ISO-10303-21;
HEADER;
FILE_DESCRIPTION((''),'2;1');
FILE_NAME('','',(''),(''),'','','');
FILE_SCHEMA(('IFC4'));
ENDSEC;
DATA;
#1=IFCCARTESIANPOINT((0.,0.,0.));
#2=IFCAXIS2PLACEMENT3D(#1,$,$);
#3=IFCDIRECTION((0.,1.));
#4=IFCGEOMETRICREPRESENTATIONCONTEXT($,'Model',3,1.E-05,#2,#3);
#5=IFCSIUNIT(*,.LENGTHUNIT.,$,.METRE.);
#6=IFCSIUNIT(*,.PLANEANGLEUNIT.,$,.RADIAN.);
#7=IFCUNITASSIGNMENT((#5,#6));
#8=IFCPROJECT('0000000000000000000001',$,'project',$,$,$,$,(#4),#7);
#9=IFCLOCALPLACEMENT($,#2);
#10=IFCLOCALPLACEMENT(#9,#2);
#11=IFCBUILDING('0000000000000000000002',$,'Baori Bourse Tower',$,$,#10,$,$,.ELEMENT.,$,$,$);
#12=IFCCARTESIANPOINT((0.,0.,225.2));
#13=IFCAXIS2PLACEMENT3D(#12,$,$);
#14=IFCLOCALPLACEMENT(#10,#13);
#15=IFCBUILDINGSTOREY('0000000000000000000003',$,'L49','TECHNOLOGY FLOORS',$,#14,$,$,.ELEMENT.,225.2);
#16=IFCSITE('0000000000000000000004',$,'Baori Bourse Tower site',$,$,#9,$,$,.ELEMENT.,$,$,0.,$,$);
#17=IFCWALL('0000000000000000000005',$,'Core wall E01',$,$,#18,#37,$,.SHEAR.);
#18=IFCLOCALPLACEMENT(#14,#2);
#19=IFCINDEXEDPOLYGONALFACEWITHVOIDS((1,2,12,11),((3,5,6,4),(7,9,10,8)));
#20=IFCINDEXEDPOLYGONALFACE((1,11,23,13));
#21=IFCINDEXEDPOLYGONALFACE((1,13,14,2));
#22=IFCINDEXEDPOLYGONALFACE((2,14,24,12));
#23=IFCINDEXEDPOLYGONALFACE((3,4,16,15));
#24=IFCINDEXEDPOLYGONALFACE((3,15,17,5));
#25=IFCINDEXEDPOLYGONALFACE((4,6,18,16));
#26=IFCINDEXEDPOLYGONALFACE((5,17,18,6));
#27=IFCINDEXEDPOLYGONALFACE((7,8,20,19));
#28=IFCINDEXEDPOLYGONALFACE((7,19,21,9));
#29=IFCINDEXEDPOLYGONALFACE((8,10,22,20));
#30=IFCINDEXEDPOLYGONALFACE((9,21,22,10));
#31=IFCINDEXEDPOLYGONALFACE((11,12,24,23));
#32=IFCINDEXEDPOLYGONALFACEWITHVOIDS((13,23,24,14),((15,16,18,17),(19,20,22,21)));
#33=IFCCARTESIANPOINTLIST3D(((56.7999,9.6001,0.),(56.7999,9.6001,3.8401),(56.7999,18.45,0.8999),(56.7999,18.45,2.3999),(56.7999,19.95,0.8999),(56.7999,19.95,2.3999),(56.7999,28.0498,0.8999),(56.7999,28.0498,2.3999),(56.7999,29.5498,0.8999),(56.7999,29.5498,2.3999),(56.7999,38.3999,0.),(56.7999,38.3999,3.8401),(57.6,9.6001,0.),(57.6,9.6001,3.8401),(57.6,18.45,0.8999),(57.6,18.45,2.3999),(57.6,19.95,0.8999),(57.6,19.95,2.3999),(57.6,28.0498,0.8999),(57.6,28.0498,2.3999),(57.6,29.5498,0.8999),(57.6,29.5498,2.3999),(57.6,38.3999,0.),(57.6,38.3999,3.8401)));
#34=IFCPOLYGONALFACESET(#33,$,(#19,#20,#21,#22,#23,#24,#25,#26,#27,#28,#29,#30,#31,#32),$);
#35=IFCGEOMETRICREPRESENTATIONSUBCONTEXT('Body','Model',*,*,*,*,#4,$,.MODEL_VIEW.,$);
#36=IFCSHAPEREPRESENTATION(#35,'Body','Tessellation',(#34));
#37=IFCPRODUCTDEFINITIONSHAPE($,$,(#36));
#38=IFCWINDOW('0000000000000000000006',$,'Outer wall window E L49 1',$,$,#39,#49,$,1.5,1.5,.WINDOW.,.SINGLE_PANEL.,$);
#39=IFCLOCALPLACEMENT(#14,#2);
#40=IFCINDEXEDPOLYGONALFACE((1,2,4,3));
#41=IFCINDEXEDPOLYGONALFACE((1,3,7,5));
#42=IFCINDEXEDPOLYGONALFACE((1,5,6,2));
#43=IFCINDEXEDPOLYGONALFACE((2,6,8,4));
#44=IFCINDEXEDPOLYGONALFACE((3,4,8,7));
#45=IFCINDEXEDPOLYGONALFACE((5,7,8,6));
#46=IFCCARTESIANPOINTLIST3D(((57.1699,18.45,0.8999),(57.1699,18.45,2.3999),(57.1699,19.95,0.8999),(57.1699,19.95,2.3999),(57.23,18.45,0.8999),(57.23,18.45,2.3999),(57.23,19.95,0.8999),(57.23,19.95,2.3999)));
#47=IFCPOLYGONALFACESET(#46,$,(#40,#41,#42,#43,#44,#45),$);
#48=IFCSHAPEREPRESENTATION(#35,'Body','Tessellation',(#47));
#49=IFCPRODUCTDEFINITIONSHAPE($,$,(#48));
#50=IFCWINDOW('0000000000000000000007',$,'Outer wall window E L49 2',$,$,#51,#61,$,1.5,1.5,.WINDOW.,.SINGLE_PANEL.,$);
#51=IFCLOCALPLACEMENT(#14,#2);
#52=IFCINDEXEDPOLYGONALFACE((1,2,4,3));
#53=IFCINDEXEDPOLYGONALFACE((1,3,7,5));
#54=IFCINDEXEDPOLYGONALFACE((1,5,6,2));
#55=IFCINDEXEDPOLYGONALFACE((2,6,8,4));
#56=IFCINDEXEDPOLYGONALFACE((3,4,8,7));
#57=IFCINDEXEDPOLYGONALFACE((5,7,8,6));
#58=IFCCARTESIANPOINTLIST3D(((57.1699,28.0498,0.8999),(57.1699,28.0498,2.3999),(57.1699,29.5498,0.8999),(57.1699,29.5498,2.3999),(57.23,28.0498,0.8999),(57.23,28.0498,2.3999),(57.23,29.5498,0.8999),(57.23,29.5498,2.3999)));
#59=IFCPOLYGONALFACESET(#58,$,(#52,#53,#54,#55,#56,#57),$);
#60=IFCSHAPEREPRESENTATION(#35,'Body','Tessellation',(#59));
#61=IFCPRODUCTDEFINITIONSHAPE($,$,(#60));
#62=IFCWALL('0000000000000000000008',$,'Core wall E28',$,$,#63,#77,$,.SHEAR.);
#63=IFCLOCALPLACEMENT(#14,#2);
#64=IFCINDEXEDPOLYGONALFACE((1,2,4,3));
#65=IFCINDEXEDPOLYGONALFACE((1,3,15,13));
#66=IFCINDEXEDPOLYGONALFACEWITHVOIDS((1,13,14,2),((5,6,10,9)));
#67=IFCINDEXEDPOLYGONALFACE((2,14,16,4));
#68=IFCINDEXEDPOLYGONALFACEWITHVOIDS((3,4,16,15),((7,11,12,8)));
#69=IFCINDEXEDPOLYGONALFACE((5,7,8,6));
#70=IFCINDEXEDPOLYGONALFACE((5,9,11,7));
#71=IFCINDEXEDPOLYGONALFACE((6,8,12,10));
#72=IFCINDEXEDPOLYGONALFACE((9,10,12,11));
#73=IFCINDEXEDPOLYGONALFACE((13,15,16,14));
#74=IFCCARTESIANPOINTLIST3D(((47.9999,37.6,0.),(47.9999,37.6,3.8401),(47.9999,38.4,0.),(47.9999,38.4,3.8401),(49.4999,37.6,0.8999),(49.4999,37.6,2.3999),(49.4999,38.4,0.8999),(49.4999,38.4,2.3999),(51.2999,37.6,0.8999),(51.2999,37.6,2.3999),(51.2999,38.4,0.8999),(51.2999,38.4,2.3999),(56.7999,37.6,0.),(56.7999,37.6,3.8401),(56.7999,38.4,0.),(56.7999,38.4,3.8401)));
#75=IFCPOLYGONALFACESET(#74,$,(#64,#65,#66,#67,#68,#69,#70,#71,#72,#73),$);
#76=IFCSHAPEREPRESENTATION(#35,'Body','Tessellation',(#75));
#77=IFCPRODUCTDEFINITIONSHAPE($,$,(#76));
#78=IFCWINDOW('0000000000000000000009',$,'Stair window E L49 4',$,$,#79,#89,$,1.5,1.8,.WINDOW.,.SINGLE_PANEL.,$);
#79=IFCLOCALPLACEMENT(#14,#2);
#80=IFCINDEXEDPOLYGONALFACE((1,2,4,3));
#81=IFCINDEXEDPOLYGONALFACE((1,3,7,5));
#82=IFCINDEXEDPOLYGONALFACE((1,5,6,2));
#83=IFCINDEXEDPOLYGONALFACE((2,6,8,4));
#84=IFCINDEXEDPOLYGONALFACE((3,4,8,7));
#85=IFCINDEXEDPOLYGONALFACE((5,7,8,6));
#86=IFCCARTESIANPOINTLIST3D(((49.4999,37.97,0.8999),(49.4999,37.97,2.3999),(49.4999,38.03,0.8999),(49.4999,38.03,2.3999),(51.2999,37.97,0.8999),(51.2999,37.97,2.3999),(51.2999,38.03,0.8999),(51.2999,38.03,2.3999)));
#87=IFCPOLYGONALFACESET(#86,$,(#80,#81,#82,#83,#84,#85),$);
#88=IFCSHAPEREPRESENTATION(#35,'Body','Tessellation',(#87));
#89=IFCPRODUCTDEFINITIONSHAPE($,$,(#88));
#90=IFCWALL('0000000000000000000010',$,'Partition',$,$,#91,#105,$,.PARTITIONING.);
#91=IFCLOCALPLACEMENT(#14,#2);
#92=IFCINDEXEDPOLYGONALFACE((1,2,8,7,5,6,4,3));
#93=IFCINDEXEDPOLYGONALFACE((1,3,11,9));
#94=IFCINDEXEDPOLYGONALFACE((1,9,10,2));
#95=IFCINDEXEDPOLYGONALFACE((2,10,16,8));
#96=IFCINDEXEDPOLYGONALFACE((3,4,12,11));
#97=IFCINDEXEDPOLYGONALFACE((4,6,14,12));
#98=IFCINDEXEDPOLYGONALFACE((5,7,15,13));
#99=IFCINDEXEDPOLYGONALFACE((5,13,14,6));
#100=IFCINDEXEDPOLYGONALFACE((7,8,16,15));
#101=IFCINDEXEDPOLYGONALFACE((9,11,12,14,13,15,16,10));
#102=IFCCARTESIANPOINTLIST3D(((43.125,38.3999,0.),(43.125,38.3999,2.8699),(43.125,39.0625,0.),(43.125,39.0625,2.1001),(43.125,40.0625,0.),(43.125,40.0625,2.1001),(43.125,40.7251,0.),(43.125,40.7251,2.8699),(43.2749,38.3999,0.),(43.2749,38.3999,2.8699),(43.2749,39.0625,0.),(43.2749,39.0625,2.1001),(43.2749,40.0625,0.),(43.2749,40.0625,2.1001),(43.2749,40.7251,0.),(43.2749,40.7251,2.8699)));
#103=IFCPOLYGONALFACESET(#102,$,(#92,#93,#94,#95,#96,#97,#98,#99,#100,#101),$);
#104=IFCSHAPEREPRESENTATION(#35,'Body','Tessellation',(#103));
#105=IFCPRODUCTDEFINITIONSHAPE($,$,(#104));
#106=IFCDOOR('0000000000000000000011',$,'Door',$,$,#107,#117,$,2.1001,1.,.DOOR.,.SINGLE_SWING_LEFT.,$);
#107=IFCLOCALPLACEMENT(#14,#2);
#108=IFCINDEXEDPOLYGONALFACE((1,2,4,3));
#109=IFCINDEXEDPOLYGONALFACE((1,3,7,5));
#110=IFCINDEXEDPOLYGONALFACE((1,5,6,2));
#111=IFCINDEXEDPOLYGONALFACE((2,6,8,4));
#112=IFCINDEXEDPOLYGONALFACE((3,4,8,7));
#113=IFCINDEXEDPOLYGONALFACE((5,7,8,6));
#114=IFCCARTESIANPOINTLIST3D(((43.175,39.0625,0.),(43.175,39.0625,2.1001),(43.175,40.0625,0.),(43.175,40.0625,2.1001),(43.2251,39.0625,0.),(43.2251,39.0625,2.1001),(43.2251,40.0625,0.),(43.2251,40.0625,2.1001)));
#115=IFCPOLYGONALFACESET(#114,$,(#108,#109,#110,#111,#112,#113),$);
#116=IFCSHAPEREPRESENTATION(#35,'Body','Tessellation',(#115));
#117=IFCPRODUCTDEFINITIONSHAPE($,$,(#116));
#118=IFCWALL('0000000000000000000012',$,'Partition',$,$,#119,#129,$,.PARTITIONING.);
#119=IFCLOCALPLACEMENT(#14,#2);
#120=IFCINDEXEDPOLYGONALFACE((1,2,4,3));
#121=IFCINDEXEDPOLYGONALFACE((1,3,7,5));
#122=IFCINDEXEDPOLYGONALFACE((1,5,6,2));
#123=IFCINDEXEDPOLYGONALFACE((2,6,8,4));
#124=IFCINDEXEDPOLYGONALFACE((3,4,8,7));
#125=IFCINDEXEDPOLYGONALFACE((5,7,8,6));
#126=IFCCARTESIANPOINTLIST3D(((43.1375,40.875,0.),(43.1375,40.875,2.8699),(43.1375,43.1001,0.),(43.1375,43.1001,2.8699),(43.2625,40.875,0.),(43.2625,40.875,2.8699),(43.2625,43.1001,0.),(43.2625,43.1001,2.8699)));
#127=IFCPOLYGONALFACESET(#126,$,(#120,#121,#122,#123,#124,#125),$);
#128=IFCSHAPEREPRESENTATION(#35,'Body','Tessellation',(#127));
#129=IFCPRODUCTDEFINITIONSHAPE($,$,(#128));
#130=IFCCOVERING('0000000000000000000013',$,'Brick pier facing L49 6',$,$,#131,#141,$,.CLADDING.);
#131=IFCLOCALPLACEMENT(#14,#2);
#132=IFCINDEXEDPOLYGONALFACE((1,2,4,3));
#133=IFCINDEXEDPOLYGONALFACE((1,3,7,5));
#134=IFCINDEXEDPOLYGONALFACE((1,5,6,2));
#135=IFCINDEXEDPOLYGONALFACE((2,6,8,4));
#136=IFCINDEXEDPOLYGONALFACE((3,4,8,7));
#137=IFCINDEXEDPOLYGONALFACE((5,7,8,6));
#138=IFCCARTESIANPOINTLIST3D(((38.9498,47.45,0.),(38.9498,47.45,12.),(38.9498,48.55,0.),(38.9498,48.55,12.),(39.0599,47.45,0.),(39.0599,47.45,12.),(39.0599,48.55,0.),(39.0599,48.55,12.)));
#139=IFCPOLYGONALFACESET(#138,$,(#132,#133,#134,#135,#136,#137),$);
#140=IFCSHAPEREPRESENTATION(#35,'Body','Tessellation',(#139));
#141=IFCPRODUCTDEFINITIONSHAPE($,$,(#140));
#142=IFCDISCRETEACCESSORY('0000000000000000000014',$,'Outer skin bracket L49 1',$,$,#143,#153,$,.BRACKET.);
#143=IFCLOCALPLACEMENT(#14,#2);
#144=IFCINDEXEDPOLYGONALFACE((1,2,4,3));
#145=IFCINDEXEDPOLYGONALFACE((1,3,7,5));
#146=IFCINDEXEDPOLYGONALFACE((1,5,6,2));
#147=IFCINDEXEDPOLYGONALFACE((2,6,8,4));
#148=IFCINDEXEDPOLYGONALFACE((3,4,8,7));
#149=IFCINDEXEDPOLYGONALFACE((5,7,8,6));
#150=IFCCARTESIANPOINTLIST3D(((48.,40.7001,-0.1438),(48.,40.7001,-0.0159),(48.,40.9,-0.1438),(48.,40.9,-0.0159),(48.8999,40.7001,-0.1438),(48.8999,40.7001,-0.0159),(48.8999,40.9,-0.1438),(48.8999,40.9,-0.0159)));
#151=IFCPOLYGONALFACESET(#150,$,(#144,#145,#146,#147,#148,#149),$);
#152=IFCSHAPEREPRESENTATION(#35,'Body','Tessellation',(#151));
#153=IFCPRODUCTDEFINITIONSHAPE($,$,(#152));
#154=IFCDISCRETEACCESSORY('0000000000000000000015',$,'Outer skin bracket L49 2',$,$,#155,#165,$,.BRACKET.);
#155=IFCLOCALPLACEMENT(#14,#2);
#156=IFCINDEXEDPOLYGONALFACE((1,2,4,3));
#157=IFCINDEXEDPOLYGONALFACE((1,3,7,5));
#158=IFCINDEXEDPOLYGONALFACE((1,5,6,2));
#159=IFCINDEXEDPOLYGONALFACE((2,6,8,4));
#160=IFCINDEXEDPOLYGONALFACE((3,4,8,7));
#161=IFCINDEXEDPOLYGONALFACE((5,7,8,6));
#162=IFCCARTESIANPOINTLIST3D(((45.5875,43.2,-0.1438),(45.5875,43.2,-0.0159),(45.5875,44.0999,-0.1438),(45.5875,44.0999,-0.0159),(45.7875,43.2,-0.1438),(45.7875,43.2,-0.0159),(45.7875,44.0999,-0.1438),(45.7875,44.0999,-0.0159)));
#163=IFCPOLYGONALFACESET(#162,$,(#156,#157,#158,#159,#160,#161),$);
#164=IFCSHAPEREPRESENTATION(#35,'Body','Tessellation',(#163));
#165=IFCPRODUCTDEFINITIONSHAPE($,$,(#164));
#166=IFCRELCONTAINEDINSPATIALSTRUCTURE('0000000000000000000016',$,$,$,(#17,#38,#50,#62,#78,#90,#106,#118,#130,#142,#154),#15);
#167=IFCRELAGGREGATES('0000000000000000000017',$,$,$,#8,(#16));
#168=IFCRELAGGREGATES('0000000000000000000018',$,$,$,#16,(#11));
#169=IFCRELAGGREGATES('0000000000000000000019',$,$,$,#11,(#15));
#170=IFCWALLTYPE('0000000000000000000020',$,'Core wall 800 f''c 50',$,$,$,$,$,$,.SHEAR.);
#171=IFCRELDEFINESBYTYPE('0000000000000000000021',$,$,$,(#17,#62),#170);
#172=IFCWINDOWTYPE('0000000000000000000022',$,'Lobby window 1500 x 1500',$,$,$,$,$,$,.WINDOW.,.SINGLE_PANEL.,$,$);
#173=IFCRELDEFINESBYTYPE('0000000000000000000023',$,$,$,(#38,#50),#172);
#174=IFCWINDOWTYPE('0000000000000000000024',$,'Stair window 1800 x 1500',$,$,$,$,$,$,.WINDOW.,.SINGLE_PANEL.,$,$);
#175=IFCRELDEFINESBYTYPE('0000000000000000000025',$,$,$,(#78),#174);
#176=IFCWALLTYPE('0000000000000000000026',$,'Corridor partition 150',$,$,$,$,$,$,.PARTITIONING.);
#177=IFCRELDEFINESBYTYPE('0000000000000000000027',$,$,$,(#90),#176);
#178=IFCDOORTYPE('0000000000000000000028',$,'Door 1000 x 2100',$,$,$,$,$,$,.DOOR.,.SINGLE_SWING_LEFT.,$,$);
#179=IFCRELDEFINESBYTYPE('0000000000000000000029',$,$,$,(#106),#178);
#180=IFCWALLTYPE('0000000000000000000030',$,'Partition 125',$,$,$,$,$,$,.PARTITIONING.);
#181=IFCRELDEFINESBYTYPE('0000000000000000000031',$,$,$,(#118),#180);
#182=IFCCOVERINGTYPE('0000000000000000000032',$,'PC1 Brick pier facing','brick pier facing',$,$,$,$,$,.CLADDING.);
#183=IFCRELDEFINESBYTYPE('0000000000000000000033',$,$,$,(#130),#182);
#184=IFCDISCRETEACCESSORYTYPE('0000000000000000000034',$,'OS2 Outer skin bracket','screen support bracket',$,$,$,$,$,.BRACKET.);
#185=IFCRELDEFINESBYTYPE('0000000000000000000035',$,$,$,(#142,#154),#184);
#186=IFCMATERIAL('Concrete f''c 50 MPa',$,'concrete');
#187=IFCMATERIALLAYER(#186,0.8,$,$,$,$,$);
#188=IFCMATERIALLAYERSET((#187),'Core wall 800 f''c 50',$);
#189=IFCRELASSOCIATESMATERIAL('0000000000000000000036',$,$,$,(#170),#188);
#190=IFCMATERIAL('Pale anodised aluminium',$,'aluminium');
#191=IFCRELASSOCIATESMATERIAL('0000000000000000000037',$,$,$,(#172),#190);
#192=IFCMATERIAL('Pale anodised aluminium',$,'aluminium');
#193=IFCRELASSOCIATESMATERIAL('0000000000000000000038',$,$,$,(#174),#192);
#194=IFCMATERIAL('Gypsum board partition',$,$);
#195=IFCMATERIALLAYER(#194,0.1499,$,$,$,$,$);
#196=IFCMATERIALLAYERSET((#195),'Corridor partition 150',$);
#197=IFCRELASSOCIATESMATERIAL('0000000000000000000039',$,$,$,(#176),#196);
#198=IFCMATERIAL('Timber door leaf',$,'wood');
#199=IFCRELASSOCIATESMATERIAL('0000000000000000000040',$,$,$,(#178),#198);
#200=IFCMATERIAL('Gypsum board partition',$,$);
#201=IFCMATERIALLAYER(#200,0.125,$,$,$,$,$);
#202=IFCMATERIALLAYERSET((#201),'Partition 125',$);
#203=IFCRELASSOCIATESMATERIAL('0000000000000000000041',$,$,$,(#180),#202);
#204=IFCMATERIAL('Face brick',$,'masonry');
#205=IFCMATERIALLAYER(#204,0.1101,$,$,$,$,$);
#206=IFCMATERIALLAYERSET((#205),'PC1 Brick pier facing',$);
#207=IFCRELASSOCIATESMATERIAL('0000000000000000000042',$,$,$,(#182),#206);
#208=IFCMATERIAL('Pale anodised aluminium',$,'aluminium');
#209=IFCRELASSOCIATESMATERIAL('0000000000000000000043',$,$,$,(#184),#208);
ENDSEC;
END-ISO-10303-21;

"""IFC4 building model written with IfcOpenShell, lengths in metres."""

from ifc_helpers import new_model, si_unit, direction, frame, frame_2d, origin, origin_2d, place, context, subcontext, project, spatial, rectangle, extrude, material, layer, layer_set, type_object, element, fill, save


model = new_model("IFC4")

# Units and contexts
model_context = context("Model", 3, precision=1e-05, world=origin(), true_north=direction((0.0, 1.0)))
body_context = subcontext(model_context, "Body", "Model", "MODEL_VIEW")
ifc_project = project(units=[si_unit("LENGTHUNIT", "METRE"), si_unit("PLANEANGLEUNIT", "RADIAN")], contexts=[model_context])

# Site, building, storey
site_placement = place(None, origin())
site = spatial("IfcSite", under=ifc_project, at=site_placement, Name="Baori Bourse Tower site", CompositionType="ELEMENT", RefElevation=0.0)
building_placement = place(site_placement, origin())
building = spatial("IfcBuilding", under=site, at=building_placement, Name="Baori Bourse Tower", CompositionType="ELEMENT")
storey_placement = place(building_placement, frame((0.0, 0.0, 225.2)))
storey = spatial("IfcBuildingStorey", under=building, at=storey_placement, Name="L49", Description="TECHNOLOGY FLOORS", CompositionType="ELEMENT", Elevation=225.2)

# Wall, openings, windows
ifc_material_1 = material(Name="Concrete f'c 50 MPa", Category="concrete")
ifc_layer_1 = layer(ifc_material_1, 0.8)
ifc_layer_set_1 = layer_set([ifc_layer_1], Name="Core wall 800 f'c 50")
wall_type_1 = type_object("IfcWallType", Name="Core wall 800 f'c 50", PredefinedType="SHEAR", material=ifc_layer_set_1)
wall_1_placement = place(storey_placement, frame((57.2, 38.3999, 0.0), z_axis=(0.0, 0.0, 1.0), x_axis=(0.0, -1.0, 0.0)))
wall_1 = element("IfcWall", 1, at=wall_1_placement, inside=storey, type_object=wall_type_1, Name="Core wall E01", PredefinedType="SHEAR", context=body_context, shape_type="SweptSolid", body=[
    extrude(rectangle(XDim=28.7998, YDim=0.8, at=frame_2d((14.3999, 0.0))), origin(), (0.0, 0.0, 1.0), 3.8401),
])
opening_1_placement = place(wall_1_placement, frame((18.45, 0.0, 0.8999)))
opening_1 = element("IfcOpeningElement", 2, at=opening_1_placement, cuts=wall_1, PredefinedType="OPENING", context=body_context, shape_type="SweptSolid", body=[
    extrude(rectangle(XDim=1.5, YDim=1.5, at=frame_2d((0.75, 0.75))), frame((0.0, 0.4099, 0.0), z_axis=(0.0, -1.0, 0.0), x_axis=(1.0, 0.0, 0.0)), (0.0, 0.0, 1.0), 0.8201),
])
opening_2_placement = place(wall_1_placement, frame((8.8501, 0.0, 0.8999)))
opening_2 = element("IfcOpeningElement", 3, at=opening_2_placement, cuts=wall_1, PredefinedType="OPENING", context=body_context, shape_type="SweptSolid", body=[
    extrude(rectangle(XDim=1.5, YDim=1.5, at=frame_2d((0.75, 0.75))), frame((0.0, 0.4099, 0.0), z_axis=(0.0, -1.0, 0.0), x_axis=(1.0, 0.0, 0.0)), (0.0, 0.0, 1.0), 0.8201),
])
ifc_material_2 = material(Name="Pale anodised aluminium", Category="aluminium")
window_type_1 = type_object("IfcWindowType", Name="Lobby window 1500 x 1500", PartitioningType="SINGLE_PANEL", PredefinedType="WINDOW", material=ifc_material_2)
window_1_placement = place(opening_1_placement, origin())
window_1 = element("IfcWindow", 4, at=window_1_placement, inside=storey, type_object=window_type_1, Name="Outer wall window E L49 1", OverallHeight=1.5, OverallWidth=1.5, PartitioningType="SINGLE_PANEL", PredefinedType="WINDOW", context=body_context, shape_type="SweptSolid", body=[
    extrude(rectangle(XDim=1.5, YDim=1.5, at=frame_2d((0.75, 0.75))), frame((0.0, 0.03, 0.0), z_axis=(0.0, -1.0, 0.0), x_axis=(1.0, 0.0, 0.0)), (0.0, 0.0, 1.0), 0.0601),
])
fill(opening_1, window_1)
window_2_placement = place(opening_2_placement, origin())
window_2 = element("IfcWindow", 5, at=window_2_placement, inside=storey, type_object=window_type_1, Name="Outer wall window E L49 2", OverallHeight=1.5, OverallWidth=1.5, PartitioningType="SINGLE_PANEL", PredefinedType="WINDOW", context=body_context, shape_type="SweptSolid", body=[
    extrude(rectangle(XDim=1.5, YDim=1.5, at=frame_2d((0.75, 0.75))), frame((0.0, 0.03, 0.0), z_axis=(0.0, -1.0, 0.0), x_axis=(1.0, 0.0, 0.0)), (0.0, 0.0, 1.0), 0.0601),
])
fill(opening_2, window_2)

# Wall, opening, window
wall_2_placement = place(storey_placement, frame((48.0, 38.0, 0.0), z_axis=(0.0, 0.0, 1.0), x_axis=(1.0, 0.0, 0.0)))
wall_2 = element("IfcWall", 6, at=wall_2_placement, inside=storey, type_object=wall_type_1, Name="Core wall E28", PredefinedType="SHEAR", context=body_context, shape_type="SweptSolid", body=[
    extrude(rectangle(XDim=8.8, YDim=0.8, at=frame_2d((4.3999, 0.0))), origin(), (0.0, 0.0, 1.0), 3.8401),
])
opening_3_placement = place(wall_2_placement, frame((1.5, 0.0, 0.8999)))
opening_3 = element("IfcOpeningElement", 7, at=opening_3_placement, cuts=wall_2, PredefinedType="OPENING", context=body_context, shape_type="SweptSolid", body=[
    extrude(rectangle(XDim=1.8, YDim=1.5, at=frame_2d((0.8999, 0.75))), frame((0.0, 0.4099, 0.0), z_axis=(0.0, -1.0, 0.0), x_axis=(1.0, 0.0, 0.0)), (0.0, 0.0, 1.0), 0.8201),
])
ifc_material_3 = material(Name="Pale anodised aluminium", Category="aluminium")
window_type_2 = type_object("IfcWindowType", Name="Stair window 1800 x 1500", PartitioningType="SINGLE_PANEL", PredefinedType="WINDOW", material=ifc_material_3)
window_3_placement = place(opening_3_placement, origin())
window_3 = element("IfcWindow", 8, at=window_3_placement, inside=storey, type_object=window_type_2, Name="Stair window E L49 4", OverallHeight=1.5, OverallWidth=1.8, PartitioningType="SINGLE_PANEL", PredefinedType="WINDOW", context=body_context, shape_type="SweptSolid", body=[
    extrude(rectangle(XDim=1.8, YDim=1.5, at=frame_2d((0.8999, 0.75))), frame((0.0, 0.03, 0.0), z_axis=(0.0, -1.0, 0.0), x_axis=(1.0, 0.0, 0.0)), (0.0, 0.0, 1.0), 0.0601),
])
fill(opening_3, window_3)

# Wall, opening, door
ifc_material_4 = material(Name="Gypsum board partition")
ifc_layer_2 = layer(ifc_material_4, 0.1499)
ifc_layer_set_2 = layer_set([ifc_layer_2], Name="Corridor partition 150")
wall_type_2 = type_object("IfcWallType", Name="Corridor partition 150", PredefinedType="PARTITIONING", material=ifc_layer_set_2)
wall_3_placement = place(storey_placement, frame((43.2, 38.3999, 0.0), z_axis=(0.0, 0.0, 1.0), x_axis=(0.0, 1.0, 0.0)))
wall_3 = element("IfcWall", 9, at=wall_3_placement, inside=storey, type_object=wall_type_2, Name="Partition", PredefinedType="PARTITIONING", context=body_context, shape_type="SweptSolid", body=[
    extrude(rectangle(XDim=2.3252, YDim=0.1499, at=frame_2d((1.1626, 0.0))), origin(), (0.0, 0.0, 1.0), 2.8699),
])
opening_4_placement = place(wall_3_placement, frame((0.6626, 0.0, 0.0)))
opening_4 = element("IfcOpeningElement", 10, at=opening_4_placement, cuts=wall_3, PredefinedType="OPENING", context=body_context, shape_type="SweptSolid", body=[
    extrude(rectangle(XDim=1.0, YDim=2.1001, at=frame_2d((0.5, 1.05))), frame((0.0, 0.085, 0.0), z_axis=(0.0, -1.0, 0.0), x_axis=(1.0, 0.0, 0.0)), (0.0, 0.0, 1.0), 0.1699),
])
ifc_material_5 = material(Name="Timber door leaf", Category="wood")
door_type = type_object("IfcDoorType", Name="Door 1000 x 2100", OperationType="SINGLE_SWING_LEFT", PredefinedType="DOOR", material=ifc_material_5)
door_placement = place(opening_4_placement, origin())
door = element("IfcDoor", 11, at=door_placement, inside=storey, type_object=door_type, Name="Door", OperationType="SINGLE_SWING_LEFT", OverallHeight=2.1001, OverallWidth=1.0, PredefinedType="DOOR", context=body_context, shape_type="SweptSolid", body=[
    extrude(rectangle(XDim=1.0, YDim=2.1001, at=frame_2d((0.5, 1.05))), frame((0.0, 0.0249, 0.0), z_axis=(0.0, -1.0, 0.0), x_axis=(1.0, 0.0, 0.0)), (0.0, 0.0, 1.0), 0.05),
])
fill(opening_4, door)

# Wall
ifc_material_6 = material(Name="Gypsum board partition")
ifc_layer_3 = layer(ifc_material_6, 0.125)
ifc_layer_set_3 = layer_set([ifc_layer_3], Name="Partition 125")
wall_type_3 = type_object("IfcWallType", Name="Partition 125", PredefinedType="PARTITIONING", material=ifc_layer_set_3)
wall_4_placement = place(storey_placement, frame((43.2, 40.875, 0.0), z_axis=(0.0, 0.0, 1.0), x_axis=(0.0, 1.0, 0.0)))
element("IfcWall", 12, at=wall_4_placement, inside=storey, type_object=wall_type_3, Name="Partition", PredefinedType="PARTITIONING", context=body_context, shape_type="SweptSolid", body=[
    extrude(rectangle(XDim=2.2251, YDim=0.125, at=frame_2d((1.1125, 0.0))), origin(), (0.0, 0.0, 1.0), 2.8699),
])

# Covering
ifc_material_7 = material(Name="Face brick", Category="masonry")
ifc_layer_4 = layer(ifc_material_7, 0.1101)
ifc_layer_set_4 = layer_set([ifc_layer_4], Name="PC1 Brick pier facing")
covering_type = type_object("IfcCoveringType", Name="PC1 Brick pier facing", Description="brick pier facing", PredefinedType="CLADDING", material=ifc_layer_set_4)
covering_placement = place(storey_placement, frame((39.0049, 48.0, 0.0), z_axis=(0.0, 0.0, 1.0), x_axis=(1.0, 0.0, 0.0)))
element("IfcCovering", 13, at=covering_placement, inside=storey, type_object=covering_type, Name="Brick pier facing L49 6", PredefinedType="CLADDING", context=body_context, shape_type="SweptSolid", body=[
    extrude(rectangle(XDim=0.1101, YDim=1.1001, at=origin_2d()), origin(), (0.0, 0.0, 1.0), 12.0),
])

# Discrete accessories
ifc_material_8 = material(Name="Pale anodised aluminium", Category="aluminium")
discrete_accessory_type = type_object("IfcDiscreteAccessoryType", Name="OS2 Outer skin bracket", Description="screen support bracket", PredefinedType="BRACKET", material=ifc_material_8)
for number, where, z_axis, x_axis, name in (
    (14, (48.45, 40.8, -0.1438), (0.0, 0.0, 1.0), (0.0, 1.0, 0.0), "Outer skin bracket L49 1"),
    (15, (45.6875, 43.6499, -0.1438), (0.0, 0.0, 1.0), (-1.0, 0.0, 0.0), "Outer skin bracket L49 2"),
):
    element("IfcDiscreteAccessory", number, at=place(storey_placement, frame(where, z_axis=z_axis, x_axis=x_axis)), inside=storey, type_object=discrete_accessory_type, Name=name, PredefinedType="BRACKET", context=body_context, shape_type="SweptSolid", body=[
        extrude(rectangle(XDim=0.2, YDim=0.8999, at=origin_2d()), origin(), (0.0, 0.0, 1.0), 0.1279),
    ])

save(model, "model.ifc")
